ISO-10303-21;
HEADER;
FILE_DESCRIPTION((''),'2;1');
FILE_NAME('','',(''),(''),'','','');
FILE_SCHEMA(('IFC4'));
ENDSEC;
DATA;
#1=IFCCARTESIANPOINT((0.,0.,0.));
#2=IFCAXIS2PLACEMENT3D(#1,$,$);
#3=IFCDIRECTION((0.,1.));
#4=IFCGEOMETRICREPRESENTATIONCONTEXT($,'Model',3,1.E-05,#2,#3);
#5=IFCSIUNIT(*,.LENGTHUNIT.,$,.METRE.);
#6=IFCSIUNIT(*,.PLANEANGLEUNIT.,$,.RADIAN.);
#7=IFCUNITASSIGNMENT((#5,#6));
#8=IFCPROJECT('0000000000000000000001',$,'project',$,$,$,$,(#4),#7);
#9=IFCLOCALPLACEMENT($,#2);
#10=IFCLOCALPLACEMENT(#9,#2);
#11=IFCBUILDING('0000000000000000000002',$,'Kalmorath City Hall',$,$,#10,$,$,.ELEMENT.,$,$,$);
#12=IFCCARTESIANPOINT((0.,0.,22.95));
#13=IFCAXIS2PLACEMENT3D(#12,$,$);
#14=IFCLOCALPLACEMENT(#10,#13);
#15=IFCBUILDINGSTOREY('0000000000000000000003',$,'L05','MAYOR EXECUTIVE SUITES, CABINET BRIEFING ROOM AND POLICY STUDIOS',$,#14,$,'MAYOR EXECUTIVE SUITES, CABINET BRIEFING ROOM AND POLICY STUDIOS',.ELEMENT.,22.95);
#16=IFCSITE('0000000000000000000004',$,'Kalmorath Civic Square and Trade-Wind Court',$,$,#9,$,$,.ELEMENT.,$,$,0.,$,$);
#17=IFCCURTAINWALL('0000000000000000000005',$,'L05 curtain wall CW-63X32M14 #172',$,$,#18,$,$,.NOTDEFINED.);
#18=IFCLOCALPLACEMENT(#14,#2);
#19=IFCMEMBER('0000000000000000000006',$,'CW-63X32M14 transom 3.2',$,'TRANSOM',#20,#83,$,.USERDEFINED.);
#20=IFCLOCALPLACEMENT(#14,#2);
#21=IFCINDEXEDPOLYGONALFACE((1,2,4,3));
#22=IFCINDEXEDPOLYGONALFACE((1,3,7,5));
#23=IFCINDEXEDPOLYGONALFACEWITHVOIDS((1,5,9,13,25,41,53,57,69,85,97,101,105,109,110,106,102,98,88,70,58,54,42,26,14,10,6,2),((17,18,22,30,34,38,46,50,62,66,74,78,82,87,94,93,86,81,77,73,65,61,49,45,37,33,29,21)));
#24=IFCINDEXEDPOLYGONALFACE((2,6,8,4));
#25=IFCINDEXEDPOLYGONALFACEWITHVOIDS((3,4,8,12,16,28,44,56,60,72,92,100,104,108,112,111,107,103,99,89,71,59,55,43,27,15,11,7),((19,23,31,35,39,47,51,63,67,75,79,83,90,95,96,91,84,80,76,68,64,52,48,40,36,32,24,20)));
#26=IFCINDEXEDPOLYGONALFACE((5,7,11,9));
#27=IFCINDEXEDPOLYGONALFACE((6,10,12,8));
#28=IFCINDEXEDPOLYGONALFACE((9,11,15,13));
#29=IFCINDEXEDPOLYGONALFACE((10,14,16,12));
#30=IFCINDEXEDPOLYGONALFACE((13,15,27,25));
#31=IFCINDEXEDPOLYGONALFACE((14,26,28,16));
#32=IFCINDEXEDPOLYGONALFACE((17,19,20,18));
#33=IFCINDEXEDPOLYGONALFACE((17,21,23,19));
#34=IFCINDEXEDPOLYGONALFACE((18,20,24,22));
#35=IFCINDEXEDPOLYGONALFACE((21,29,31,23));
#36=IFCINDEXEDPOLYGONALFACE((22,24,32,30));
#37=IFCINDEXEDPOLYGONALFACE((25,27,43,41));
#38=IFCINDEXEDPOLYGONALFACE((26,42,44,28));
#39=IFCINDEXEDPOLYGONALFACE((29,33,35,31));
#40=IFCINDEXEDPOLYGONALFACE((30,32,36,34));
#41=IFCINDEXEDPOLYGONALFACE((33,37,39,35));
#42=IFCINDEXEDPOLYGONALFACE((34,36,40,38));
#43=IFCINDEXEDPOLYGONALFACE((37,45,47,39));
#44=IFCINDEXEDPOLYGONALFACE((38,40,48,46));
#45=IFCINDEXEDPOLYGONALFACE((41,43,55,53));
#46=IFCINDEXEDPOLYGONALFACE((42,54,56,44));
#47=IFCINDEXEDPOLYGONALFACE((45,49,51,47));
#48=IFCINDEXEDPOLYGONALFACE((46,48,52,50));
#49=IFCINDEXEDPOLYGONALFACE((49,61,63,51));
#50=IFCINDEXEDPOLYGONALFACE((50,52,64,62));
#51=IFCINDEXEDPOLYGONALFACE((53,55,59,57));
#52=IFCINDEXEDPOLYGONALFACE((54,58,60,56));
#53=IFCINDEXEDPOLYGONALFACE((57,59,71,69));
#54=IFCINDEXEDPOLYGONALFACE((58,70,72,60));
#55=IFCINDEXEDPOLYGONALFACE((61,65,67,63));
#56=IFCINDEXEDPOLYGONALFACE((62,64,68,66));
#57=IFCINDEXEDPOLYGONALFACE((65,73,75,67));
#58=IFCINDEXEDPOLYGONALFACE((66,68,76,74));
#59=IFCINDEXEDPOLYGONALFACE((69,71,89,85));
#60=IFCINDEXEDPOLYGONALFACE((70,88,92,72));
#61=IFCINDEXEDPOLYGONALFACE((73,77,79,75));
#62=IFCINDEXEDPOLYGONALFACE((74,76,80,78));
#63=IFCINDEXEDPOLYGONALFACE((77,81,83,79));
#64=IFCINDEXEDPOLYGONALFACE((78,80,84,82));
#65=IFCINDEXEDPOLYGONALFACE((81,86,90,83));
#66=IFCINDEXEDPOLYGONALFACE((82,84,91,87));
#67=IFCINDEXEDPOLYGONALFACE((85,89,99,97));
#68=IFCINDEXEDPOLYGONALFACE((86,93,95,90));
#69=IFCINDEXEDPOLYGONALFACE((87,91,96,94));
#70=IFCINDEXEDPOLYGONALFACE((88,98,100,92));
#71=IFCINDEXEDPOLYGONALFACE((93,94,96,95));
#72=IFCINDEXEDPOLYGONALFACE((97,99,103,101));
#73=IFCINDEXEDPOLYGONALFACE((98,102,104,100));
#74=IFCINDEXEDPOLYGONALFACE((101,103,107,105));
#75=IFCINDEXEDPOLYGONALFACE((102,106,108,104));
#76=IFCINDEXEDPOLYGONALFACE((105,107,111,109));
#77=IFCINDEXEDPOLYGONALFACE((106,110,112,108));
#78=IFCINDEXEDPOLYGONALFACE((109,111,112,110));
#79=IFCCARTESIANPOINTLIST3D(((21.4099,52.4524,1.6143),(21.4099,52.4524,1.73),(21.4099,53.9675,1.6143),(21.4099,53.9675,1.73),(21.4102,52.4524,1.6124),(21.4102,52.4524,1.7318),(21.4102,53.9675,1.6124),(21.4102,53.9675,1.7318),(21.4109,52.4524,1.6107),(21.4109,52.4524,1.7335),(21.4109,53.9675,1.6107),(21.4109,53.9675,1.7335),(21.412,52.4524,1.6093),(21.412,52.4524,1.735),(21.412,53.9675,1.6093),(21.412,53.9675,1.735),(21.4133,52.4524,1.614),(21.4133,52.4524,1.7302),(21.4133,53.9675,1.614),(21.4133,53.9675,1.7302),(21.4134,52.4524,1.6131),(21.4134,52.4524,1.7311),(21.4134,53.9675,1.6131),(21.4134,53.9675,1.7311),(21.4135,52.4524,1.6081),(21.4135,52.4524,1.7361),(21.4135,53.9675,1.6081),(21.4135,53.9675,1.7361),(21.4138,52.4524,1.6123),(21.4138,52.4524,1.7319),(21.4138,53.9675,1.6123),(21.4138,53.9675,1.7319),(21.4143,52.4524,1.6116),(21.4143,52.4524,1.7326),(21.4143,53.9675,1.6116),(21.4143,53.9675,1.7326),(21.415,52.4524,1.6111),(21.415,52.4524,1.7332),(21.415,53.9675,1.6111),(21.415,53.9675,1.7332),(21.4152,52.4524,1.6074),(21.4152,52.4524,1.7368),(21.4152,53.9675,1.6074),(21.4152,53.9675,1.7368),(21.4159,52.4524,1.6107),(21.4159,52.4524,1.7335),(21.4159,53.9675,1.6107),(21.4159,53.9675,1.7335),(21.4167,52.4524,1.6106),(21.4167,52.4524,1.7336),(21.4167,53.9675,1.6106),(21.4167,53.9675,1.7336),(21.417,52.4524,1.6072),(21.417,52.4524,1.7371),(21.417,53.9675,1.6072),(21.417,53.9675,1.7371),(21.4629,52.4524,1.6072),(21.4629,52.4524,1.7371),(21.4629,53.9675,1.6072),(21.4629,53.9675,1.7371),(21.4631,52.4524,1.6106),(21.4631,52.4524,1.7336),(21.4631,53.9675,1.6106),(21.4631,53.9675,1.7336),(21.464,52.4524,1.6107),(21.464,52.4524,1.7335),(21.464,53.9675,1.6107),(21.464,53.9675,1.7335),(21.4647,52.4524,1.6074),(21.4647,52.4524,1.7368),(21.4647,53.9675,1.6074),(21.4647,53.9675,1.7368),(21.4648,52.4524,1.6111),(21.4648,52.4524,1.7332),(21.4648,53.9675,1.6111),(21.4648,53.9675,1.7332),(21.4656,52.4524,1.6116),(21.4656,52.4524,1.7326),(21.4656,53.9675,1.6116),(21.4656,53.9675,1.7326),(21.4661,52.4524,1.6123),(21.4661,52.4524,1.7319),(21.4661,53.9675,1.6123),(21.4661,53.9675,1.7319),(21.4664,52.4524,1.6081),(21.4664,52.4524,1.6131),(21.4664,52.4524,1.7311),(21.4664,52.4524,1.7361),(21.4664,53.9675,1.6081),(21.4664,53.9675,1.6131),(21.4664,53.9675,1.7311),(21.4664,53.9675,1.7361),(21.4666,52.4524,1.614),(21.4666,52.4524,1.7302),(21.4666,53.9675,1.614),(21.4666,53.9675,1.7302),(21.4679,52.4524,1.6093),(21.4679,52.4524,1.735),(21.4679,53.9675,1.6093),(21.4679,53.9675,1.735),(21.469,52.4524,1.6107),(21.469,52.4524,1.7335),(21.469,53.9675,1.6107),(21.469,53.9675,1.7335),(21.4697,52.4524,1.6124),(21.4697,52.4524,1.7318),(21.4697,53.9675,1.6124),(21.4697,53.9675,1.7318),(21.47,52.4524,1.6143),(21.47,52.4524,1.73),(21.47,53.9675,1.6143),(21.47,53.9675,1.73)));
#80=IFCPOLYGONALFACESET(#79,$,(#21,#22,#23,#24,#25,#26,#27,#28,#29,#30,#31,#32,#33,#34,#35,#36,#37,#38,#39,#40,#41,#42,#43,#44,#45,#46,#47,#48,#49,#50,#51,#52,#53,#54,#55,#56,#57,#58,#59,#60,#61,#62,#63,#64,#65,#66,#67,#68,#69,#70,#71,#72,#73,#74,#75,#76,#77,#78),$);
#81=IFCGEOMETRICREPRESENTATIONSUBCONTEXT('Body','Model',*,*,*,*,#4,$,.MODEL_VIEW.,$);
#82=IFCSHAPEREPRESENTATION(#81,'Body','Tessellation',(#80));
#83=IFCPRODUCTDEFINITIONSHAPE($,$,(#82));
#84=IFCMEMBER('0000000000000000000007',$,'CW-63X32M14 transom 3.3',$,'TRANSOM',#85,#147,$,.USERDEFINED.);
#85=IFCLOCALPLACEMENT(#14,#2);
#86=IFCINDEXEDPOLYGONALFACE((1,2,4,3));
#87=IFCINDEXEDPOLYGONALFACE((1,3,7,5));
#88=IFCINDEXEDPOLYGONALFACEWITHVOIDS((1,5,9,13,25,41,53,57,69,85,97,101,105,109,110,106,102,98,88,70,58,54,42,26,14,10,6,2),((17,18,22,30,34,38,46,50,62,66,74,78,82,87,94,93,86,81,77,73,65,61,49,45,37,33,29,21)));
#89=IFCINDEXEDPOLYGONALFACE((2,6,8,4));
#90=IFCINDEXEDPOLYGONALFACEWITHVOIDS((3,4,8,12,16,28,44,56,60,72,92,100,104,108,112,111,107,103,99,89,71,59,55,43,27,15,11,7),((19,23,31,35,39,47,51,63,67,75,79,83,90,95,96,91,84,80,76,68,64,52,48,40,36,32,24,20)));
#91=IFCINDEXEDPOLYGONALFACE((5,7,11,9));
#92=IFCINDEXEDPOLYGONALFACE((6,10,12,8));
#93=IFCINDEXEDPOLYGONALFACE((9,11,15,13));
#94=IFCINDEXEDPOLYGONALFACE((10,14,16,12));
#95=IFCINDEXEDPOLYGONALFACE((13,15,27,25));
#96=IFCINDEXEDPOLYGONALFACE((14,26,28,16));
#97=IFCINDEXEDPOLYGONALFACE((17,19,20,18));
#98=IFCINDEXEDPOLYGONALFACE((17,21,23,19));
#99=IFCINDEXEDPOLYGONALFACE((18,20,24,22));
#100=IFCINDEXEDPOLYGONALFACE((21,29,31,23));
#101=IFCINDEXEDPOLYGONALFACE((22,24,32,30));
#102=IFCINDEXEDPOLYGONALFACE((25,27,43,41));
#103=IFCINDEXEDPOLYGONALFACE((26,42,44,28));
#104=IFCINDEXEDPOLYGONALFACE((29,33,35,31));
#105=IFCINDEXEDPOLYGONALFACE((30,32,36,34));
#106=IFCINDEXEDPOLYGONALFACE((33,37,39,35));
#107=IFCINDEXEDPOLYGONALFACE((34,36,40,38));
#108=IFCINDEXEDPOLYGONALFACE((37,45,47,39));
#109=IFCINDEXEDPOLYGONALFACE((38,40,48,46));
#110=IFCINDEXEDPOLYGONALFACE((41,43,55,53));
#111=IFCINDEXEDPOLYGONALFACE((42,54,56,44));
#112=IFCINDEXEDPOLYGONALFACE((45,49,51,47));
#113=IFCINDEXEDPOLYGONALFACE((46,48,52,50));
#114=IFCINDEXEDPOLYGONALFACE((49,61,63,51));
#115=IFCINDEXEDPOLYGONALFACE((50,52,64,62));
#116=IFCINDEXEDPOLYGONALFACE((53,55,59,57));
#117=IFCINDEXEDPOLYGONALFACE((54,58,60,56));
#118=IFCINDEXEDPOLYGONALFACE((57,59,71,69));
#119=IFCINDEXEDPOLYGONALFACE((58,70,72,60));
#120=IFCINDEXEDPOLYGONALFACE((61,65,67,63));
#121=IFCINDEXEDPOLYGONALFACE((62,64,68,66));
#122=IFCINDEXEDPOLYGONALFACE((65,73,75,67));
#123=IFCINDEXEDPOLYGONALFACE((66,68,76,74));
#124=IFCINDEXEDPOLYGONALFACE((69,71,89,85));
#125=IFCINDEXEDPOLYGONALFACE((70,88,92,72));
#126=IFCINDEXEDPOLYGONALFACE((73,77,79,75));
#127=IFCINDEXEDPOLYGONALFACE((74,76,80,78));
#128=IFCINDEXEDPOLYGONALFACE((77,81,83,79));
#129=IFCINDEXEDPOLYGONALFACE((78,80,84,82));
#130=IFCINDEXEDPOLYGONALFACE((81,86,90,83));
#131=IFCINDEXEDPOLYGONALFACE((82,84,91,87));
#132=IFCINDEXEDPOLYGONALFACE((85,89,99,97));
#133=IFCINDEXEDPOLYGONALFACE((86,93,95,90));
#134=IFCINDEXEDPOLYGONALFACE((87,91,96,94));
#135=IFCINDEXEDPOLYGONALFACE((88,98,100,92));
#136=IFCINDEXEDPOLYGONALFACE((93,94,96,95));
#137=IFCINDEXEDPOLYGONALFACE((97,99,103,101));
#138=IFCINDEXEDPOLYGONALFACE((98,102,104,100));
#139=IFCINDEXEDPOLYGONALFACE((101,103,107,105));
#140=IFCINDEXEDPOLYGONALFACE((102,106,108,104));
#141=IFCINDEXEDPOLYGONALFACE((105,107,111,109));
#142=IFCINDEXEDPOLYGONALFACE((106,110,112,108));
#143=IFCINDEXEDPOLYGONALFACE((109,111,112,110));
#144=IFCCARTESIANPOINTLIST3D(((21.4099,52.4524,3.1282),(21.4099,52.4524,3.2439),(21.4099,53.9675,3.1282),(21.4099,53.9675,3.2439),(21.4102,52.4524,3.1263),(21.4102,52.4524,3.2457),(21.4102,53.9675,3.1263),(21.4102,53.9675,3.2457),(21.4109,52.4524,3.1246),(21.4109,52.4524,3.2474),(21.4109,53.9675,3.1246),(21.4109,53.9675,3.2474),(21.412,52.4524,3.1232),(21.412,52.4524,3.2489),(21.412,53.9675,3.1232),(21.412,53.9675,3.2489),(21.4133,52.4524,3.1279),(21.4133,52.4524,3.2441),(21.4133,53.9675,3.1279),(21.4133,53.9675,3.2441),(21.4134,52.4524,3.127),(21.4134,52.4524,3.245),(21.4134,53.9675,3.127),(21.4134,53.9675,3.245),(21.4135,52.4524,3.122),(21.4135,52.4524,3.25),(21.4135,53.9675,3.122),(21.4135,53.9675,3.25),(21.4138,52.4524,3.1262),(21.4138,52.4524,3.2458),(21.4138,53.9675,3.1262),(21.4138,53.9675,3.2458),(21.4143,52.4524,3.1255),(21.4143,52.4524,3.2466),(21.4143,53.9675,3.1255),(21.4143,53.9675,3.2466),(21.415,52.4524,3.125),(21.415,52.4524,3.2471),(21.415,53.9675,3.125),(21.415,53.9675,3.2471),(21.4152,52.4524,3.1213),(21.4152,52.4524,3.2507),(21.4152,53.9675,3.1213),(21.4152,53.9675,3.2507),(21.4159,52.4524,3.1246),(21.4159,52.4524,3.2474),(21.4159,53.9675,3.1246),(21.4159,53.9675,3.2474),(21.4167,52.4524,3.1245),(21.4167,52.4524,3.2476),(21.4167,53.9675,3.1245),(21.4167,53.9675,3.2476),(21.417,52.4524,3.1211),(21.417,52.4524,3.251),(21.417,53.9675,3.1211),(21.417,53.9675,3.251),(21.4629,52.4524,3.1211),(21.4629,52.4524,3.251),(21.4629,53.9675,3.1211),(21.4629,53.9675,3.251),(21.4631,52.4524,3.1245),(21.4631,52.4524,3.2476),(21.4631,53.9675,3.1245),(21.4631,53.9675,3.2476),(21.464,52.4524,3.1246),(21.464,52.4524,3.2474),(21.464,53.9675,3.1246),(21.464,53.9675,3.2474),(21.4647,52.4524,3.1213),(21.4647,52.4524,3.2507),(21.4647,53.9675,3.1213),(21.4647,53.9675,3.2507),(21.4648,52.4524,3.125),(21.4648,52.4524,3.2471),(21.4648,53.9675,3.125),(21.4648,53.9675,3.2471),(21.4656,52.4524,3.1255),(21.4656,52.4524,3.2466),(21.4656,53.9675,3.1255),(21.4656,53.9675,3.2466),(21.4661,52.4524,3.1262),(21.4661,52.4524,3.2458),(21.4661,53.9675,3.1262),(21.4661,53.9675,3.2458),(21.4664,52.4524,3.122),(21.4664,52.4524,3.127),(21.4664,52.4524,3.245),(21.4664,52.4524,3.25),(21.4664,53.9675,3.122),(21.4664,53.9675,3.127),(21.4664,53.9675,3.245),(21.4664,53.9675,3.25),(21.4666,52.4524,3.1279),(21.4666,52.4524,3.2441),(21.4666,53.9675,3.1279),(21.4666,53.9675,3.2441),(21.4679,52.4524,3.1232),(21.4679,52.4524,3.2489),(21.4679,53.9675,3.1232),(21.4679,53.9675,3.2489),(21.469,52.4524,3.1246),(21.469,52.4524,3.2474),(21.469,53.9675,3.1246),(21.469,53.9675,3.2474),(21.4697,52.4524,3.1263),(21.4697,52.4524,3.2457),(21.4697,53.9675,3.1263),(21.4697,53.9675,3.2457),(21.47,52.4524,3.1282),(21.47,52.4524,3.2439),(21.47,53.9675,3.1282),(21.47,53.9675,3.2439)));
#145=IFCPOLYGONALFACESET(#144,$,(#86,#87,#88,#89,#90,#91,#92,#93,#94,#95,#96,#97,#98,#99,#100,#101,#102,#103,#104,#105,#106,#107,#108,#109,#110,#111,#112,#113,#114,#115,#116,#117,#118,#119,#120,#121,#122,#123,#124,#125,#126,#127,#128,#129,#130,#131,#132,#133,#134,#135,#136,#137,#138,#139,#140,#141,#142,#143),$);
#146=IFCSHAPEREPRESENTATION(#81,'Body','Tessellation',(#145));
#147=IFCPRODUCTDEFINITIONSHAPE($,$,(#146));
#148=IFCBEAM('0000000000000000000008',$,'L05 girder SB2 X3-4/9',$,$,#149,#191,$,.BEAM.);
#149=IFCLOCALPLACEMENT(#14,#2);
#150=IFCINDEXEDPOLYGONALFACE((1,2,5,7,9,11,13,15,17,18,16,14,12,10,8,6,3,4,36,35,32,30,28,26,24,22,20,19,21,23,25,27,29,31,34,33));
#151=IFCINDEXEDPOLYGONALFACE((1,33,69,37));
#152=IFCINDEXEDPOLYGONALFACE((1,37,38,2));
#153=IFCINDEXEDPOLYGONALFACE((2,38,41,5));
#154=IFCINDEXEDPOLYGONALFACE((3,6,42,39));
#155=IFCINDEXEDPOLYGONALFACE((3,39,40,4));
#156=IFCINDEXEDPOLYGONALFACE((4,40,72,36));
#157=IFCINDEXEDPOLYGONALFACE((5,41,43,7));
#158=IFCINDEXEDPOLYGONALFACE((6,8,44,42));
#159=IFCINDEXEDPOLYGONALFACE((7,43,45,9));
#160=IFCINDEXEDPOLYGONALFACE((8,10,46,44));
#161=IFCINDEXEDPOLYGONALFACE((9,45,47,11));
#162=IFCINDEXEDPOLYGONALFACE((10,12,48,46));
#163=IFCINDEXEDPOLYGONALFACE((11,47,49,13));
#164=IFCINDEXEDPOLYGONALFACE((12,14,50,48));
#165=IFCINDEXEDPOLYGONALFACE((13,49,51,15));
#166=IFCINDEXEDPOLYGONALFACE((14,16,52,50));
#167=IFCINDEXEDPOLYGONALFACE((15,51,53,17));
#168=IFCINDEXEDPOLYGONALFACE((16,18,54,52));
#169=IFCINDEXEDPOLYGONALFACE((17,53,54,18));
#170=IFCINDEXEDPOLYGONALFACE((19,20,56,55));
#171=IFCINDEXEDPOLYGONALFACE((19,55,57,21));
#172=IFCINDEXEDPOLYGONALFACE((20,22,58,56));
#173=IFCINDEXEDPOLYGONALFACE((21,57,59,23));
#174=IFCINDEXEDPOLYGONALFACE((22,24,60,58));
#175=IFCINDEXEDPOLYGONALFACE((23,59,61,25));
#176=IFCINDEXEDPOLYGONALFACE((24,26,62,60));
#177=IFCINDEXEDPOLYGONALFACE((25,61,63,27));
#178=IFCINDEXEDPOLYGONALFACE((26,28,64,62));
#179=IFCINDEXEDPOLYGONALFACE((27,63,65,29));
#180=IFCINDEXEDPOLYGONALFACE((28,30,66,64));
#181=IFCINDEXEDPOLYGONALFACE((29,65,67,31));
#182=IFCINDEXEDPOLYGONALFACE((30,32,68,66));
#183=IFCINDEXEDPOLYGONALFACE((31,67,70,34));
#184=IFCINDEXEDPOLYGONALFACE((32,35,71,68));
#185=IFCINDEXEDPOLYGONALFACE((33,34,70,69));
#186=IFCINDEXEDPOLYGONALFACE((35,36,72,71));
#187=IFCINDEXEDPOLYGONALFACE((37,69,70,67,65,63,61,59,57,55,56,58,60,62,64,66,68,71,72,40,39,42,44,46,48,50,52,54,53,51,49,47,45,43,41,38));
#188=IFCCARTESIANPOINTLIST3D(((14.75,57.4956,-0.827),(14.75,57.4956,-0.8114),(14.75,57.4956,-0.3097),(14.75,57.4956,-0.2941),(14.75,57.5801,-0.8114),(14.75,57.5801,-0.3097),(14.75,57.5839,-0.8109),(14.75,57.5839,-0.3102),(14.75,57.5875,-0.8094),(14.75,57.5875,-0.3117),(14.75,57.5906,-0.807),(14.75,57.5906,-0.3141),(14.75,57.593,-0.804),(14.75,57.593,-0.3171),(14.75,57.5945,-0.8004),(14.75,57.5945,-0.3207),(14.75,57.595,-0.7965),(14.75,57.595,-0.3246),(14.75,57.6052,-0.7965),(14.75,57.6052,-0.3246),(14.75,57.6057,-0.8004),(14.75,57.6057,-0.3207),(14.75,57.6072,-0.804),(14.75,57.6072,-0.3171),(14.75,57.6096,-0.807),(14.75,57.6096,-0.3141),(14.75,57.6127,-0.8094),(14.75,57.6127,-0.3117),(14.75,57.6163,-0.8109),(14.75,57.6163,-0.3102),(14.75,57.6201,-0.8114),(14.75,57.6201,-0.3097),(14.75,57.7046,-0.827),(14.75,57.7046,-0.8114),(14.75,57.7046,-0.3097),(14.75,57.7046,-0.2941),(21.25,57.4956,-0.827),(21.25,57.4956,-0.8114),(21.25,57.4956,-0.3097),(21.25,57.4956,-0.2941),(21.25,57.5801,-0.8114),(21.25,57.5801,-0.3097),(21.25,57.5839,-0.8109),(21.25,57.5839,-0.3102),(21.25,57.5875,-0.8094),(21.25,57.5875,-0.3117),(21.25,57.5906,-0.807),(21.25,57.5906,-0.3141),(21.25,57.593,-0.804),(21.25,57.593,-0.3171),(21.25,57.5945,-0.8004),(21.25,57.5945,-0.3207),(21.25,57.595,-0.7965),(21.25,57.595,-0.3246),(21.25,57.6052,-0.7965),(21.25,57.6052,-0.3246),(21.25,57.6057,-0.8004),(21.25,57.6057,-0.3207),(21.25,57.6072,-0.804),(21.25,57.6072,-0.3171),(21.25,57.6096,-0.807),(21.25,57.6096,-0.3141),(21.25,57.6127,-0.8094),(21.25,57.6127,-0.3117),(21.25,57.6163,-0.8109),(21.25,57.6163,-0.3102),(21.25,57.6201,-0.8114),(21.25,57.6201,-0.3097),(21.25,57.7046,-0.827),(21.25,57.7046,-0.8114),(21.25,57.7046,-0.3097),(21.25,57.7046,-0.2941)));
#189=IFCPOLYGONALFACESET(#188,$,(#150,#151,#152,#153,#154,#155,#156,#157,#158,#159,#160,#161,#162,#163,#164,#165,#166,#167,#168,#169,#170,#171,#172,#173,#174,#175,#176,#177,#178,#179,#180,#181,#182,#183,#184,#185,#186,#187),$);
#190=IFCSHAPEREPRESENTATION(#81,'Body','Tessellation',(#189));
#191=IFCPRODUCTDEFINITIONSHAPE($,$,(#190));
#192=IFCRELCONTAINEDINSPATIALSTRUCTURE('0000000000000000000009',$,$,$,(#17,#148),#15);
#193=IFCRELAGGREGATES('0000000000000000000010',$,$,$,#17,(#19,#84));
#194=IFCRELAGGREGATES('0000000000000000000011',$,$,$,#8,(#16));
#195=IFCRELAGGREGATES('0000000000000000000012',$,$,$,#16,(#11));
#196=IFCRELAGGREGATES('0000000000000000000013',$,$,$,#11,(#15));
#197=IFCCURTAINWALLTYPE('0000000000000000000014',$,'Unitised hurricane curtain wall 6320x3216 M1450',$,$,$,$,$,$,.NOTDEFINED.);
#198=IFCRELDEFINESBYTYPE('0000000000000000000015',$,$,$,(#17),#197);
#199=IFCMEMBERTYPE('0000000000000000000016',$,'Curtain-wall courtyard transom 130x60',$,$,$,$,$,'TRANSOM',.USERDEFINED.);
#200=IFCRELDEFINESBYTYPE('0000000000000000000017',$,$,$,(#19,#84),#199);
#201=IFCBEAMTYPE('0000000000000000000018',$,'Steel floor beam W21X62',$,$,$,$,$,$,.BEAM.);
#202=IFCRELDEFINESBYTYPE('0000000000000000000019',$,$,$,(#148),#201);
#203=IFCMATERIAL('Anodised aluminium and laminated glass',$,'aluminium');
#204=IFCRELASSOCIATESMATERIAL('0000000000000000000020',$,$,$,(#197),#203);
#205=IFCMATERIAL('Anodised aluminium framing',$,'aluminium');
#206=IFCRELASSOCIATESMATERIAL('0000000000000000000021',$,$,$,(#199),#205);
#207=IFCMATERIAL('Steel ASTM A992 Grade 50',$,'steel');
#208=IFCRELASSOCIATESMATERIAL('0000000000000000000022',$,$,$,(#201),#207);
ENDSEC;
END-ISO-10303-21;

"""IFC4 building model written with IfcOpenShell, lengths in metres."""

from ifc_helpers import new_model, si_unit, direction, frame, origin, origin_2d, place, context, subcontext, project, spatial, hollow_rectangle, i_section, extrude, material, material_profile, profile_set, type_object, element, aggregate, save


model = new_model("IFC4")

# Units and contexts
model_context = context("Model", 3, precision=1e-05, world=origin(), true_north=direction((0.0, 1.0)))
body_context = subcontext(model_context, "Body", "Model", "MODEL_VIEW")
ifc_project = project(units=[si_unit("LENGTHUNIT", "METRE"), si_unit("PLANEANGLEUNIT", "RADIAN")], contexts=[model_context])

# Site, building, storey
site_placement = place(None, origin())
site = spatial("IfcSite", under=ifc_project, at=site_placement, Name="Kalmorath Civic Square and Trade-Wind Court", CompositionType="ELEMENT", RefElevation=0.0)
building_placement = place(site_placement, origin())
building = spatial("IfcBuilding", under=site, at=building_placement, Name="Kalmorath City Hall", CompositionType="ELEMENT")
storey_placement = place(building_placement, frame((0.0, 0.0, 22.95)))
storey = spatial("IfcBuildingStorey", under=building, at=storey_placement, Name="L05", Description="MAYOR EXECUTIVE SUITES, CABINET BRIEFING ROOM AND POLICY STUDIOS", LongName="MAYOR EXECUTIVE SUITES, CABINET BRIEFING ROOM AND POLICY STUDIOS", CompositionType="ELEMENT", Elevation=22.95)

# Curtain wall, members
ifc_material_1 = material(Name="Anodised aluminium and laminated glass", Category="aluminium")
curtain_wall_type = type_object("IfcCurtainWallType", Name="Unitised hurricane curtain wall 6320x3216 M1450", PredefinedType="NOTDEFINED", material=ifc_material_1)
curtain_wall_placement = place(storey_placement, origin())
curtain_wall = element("IfcCurtainWall", 1, at=curtain_wall_placement, inside=storey, type_object=curtain_wall_type, Name="L05 curtain wall CW-63X32M14 #172", PredefinedType="NOTDEFINED")
ifc_material_2 = material(Name="Anodised aluminium framing", Category="aluminium")
ifc_material_profile_1 = material_profile(ifc_material_2, hollow_rectangle(XDim=0.0601, YDim=0.1299, WallThickness=0.0034, InnerFilletRadius=0.0034, OuterFilletRadius=0.0071, at=origin_2d()), Name="ALU-TRN-130X60X3.5")
ifc_profile_set_1 = profile_set([ifc_material_profile_1], Name="Anodised aluminium framing")
member_type_1 = type_object("IfcMemberType", Name="Curtain-wall courtyard transom 130x60", ElementType="TRANSOM", PredefinedType="USERDEFINED", material=ifc_profile_set_1)
member_1_placement = place(storey_placement, frame((21.4399, 53.9675, 1.6721), z_axis=(0.0, -1.0, 0.0), x_axis=(1.0, 0.0, 0.0)))
member_1 = element("IfcMember", 2, at=member_1_placement, type_object=member_type_1, Name="CW-63X32M14 transom 3.2", ObjectType="TRANSOM", PredefinedType="USERDEFINED", context=body_context, shape_type="SweptSolid", body=[
    extrude(hollow_rectangle(XDim=0.0601, YDim=0.1299, WallThickness=0.0034, InnerFilletRadius=0.0034, OuterFilletRadius=0.0071, at=origin_2d()), origin(), (0.0, 0.0, 1.0), 1.5151),
])
member_2_placement = place(storey_placement, frame((21.4399, 53.9675, 3.186), z_axis=(0.0, -1.0, 0.0), x_axis=(1.0, 0.0, 0.0)))
member_2 = element("IfcMember", 3, at=member_2_placement, type_object=member_type_1, Name="CW-63X32M14 transom 3.3", ObjectType="TRANSOM", PredefinedType="USERDEFINED", context=body_context, shape_type="SweptSolid", body=[
    extrude(hollow_rectangle(XDim=0.0601, YDim=0.1299, WallThickness=0.0034, InnerFilletRadius=0.0034, OuterFilletRadius=0.0071, at=origin_2d()), origin(), (0.0, 0.0, 1.0), 1.5151),
])

# Beam
ifc_material_3 = material(Name="Steel ASTM A992 Grade 50", Category="steel")
ifc_material_profile_2 = material_profile(ifc_material_3, i_section(OverallWidth=0.209, OverallDepth=0.533, WebThickness=0.0103, FlangeThickness=0.0156, FilletRadius=0.0149, at=origin_2d()), Name="W21X62")
ifc_profile_set_2 = profile_set([ifc_material_profile_2], Name="Steel ASTM A992 Grade 50")
beam_type = type_object("IfcBeamType", Name="Steel floor beam W21X62", PredefinedType="BEAM", material=ifc_profile_set_2)
beam_placement = place(storey_placement, frame((14.75, 57.6001, -0.5605), z_axis=(1.0, 0.0, 0.0), x_axis=(0.0, 1.0, 0.0)))
element("IfcBeam", 4, at=beam_placement, inside=storey, type_object=beam_type, Name="L05 girder SB2 X3-4/9", PredefinedType="BEAM", context=body_context, shape_type="SweptSolid", body=[
    extrude(i_section(OverallWidth=0.209, OverallDepth=0.533, WebThickness=0.0103, FlangeThickness=0.0156, FilletRadius=0.0149, at=origin_2d()), origin(), (0.0, 0.0, 1.0), 6.5),
])

aggregate(curtain_wall, [member_1, member_2])

save(model, "model.ifc")
